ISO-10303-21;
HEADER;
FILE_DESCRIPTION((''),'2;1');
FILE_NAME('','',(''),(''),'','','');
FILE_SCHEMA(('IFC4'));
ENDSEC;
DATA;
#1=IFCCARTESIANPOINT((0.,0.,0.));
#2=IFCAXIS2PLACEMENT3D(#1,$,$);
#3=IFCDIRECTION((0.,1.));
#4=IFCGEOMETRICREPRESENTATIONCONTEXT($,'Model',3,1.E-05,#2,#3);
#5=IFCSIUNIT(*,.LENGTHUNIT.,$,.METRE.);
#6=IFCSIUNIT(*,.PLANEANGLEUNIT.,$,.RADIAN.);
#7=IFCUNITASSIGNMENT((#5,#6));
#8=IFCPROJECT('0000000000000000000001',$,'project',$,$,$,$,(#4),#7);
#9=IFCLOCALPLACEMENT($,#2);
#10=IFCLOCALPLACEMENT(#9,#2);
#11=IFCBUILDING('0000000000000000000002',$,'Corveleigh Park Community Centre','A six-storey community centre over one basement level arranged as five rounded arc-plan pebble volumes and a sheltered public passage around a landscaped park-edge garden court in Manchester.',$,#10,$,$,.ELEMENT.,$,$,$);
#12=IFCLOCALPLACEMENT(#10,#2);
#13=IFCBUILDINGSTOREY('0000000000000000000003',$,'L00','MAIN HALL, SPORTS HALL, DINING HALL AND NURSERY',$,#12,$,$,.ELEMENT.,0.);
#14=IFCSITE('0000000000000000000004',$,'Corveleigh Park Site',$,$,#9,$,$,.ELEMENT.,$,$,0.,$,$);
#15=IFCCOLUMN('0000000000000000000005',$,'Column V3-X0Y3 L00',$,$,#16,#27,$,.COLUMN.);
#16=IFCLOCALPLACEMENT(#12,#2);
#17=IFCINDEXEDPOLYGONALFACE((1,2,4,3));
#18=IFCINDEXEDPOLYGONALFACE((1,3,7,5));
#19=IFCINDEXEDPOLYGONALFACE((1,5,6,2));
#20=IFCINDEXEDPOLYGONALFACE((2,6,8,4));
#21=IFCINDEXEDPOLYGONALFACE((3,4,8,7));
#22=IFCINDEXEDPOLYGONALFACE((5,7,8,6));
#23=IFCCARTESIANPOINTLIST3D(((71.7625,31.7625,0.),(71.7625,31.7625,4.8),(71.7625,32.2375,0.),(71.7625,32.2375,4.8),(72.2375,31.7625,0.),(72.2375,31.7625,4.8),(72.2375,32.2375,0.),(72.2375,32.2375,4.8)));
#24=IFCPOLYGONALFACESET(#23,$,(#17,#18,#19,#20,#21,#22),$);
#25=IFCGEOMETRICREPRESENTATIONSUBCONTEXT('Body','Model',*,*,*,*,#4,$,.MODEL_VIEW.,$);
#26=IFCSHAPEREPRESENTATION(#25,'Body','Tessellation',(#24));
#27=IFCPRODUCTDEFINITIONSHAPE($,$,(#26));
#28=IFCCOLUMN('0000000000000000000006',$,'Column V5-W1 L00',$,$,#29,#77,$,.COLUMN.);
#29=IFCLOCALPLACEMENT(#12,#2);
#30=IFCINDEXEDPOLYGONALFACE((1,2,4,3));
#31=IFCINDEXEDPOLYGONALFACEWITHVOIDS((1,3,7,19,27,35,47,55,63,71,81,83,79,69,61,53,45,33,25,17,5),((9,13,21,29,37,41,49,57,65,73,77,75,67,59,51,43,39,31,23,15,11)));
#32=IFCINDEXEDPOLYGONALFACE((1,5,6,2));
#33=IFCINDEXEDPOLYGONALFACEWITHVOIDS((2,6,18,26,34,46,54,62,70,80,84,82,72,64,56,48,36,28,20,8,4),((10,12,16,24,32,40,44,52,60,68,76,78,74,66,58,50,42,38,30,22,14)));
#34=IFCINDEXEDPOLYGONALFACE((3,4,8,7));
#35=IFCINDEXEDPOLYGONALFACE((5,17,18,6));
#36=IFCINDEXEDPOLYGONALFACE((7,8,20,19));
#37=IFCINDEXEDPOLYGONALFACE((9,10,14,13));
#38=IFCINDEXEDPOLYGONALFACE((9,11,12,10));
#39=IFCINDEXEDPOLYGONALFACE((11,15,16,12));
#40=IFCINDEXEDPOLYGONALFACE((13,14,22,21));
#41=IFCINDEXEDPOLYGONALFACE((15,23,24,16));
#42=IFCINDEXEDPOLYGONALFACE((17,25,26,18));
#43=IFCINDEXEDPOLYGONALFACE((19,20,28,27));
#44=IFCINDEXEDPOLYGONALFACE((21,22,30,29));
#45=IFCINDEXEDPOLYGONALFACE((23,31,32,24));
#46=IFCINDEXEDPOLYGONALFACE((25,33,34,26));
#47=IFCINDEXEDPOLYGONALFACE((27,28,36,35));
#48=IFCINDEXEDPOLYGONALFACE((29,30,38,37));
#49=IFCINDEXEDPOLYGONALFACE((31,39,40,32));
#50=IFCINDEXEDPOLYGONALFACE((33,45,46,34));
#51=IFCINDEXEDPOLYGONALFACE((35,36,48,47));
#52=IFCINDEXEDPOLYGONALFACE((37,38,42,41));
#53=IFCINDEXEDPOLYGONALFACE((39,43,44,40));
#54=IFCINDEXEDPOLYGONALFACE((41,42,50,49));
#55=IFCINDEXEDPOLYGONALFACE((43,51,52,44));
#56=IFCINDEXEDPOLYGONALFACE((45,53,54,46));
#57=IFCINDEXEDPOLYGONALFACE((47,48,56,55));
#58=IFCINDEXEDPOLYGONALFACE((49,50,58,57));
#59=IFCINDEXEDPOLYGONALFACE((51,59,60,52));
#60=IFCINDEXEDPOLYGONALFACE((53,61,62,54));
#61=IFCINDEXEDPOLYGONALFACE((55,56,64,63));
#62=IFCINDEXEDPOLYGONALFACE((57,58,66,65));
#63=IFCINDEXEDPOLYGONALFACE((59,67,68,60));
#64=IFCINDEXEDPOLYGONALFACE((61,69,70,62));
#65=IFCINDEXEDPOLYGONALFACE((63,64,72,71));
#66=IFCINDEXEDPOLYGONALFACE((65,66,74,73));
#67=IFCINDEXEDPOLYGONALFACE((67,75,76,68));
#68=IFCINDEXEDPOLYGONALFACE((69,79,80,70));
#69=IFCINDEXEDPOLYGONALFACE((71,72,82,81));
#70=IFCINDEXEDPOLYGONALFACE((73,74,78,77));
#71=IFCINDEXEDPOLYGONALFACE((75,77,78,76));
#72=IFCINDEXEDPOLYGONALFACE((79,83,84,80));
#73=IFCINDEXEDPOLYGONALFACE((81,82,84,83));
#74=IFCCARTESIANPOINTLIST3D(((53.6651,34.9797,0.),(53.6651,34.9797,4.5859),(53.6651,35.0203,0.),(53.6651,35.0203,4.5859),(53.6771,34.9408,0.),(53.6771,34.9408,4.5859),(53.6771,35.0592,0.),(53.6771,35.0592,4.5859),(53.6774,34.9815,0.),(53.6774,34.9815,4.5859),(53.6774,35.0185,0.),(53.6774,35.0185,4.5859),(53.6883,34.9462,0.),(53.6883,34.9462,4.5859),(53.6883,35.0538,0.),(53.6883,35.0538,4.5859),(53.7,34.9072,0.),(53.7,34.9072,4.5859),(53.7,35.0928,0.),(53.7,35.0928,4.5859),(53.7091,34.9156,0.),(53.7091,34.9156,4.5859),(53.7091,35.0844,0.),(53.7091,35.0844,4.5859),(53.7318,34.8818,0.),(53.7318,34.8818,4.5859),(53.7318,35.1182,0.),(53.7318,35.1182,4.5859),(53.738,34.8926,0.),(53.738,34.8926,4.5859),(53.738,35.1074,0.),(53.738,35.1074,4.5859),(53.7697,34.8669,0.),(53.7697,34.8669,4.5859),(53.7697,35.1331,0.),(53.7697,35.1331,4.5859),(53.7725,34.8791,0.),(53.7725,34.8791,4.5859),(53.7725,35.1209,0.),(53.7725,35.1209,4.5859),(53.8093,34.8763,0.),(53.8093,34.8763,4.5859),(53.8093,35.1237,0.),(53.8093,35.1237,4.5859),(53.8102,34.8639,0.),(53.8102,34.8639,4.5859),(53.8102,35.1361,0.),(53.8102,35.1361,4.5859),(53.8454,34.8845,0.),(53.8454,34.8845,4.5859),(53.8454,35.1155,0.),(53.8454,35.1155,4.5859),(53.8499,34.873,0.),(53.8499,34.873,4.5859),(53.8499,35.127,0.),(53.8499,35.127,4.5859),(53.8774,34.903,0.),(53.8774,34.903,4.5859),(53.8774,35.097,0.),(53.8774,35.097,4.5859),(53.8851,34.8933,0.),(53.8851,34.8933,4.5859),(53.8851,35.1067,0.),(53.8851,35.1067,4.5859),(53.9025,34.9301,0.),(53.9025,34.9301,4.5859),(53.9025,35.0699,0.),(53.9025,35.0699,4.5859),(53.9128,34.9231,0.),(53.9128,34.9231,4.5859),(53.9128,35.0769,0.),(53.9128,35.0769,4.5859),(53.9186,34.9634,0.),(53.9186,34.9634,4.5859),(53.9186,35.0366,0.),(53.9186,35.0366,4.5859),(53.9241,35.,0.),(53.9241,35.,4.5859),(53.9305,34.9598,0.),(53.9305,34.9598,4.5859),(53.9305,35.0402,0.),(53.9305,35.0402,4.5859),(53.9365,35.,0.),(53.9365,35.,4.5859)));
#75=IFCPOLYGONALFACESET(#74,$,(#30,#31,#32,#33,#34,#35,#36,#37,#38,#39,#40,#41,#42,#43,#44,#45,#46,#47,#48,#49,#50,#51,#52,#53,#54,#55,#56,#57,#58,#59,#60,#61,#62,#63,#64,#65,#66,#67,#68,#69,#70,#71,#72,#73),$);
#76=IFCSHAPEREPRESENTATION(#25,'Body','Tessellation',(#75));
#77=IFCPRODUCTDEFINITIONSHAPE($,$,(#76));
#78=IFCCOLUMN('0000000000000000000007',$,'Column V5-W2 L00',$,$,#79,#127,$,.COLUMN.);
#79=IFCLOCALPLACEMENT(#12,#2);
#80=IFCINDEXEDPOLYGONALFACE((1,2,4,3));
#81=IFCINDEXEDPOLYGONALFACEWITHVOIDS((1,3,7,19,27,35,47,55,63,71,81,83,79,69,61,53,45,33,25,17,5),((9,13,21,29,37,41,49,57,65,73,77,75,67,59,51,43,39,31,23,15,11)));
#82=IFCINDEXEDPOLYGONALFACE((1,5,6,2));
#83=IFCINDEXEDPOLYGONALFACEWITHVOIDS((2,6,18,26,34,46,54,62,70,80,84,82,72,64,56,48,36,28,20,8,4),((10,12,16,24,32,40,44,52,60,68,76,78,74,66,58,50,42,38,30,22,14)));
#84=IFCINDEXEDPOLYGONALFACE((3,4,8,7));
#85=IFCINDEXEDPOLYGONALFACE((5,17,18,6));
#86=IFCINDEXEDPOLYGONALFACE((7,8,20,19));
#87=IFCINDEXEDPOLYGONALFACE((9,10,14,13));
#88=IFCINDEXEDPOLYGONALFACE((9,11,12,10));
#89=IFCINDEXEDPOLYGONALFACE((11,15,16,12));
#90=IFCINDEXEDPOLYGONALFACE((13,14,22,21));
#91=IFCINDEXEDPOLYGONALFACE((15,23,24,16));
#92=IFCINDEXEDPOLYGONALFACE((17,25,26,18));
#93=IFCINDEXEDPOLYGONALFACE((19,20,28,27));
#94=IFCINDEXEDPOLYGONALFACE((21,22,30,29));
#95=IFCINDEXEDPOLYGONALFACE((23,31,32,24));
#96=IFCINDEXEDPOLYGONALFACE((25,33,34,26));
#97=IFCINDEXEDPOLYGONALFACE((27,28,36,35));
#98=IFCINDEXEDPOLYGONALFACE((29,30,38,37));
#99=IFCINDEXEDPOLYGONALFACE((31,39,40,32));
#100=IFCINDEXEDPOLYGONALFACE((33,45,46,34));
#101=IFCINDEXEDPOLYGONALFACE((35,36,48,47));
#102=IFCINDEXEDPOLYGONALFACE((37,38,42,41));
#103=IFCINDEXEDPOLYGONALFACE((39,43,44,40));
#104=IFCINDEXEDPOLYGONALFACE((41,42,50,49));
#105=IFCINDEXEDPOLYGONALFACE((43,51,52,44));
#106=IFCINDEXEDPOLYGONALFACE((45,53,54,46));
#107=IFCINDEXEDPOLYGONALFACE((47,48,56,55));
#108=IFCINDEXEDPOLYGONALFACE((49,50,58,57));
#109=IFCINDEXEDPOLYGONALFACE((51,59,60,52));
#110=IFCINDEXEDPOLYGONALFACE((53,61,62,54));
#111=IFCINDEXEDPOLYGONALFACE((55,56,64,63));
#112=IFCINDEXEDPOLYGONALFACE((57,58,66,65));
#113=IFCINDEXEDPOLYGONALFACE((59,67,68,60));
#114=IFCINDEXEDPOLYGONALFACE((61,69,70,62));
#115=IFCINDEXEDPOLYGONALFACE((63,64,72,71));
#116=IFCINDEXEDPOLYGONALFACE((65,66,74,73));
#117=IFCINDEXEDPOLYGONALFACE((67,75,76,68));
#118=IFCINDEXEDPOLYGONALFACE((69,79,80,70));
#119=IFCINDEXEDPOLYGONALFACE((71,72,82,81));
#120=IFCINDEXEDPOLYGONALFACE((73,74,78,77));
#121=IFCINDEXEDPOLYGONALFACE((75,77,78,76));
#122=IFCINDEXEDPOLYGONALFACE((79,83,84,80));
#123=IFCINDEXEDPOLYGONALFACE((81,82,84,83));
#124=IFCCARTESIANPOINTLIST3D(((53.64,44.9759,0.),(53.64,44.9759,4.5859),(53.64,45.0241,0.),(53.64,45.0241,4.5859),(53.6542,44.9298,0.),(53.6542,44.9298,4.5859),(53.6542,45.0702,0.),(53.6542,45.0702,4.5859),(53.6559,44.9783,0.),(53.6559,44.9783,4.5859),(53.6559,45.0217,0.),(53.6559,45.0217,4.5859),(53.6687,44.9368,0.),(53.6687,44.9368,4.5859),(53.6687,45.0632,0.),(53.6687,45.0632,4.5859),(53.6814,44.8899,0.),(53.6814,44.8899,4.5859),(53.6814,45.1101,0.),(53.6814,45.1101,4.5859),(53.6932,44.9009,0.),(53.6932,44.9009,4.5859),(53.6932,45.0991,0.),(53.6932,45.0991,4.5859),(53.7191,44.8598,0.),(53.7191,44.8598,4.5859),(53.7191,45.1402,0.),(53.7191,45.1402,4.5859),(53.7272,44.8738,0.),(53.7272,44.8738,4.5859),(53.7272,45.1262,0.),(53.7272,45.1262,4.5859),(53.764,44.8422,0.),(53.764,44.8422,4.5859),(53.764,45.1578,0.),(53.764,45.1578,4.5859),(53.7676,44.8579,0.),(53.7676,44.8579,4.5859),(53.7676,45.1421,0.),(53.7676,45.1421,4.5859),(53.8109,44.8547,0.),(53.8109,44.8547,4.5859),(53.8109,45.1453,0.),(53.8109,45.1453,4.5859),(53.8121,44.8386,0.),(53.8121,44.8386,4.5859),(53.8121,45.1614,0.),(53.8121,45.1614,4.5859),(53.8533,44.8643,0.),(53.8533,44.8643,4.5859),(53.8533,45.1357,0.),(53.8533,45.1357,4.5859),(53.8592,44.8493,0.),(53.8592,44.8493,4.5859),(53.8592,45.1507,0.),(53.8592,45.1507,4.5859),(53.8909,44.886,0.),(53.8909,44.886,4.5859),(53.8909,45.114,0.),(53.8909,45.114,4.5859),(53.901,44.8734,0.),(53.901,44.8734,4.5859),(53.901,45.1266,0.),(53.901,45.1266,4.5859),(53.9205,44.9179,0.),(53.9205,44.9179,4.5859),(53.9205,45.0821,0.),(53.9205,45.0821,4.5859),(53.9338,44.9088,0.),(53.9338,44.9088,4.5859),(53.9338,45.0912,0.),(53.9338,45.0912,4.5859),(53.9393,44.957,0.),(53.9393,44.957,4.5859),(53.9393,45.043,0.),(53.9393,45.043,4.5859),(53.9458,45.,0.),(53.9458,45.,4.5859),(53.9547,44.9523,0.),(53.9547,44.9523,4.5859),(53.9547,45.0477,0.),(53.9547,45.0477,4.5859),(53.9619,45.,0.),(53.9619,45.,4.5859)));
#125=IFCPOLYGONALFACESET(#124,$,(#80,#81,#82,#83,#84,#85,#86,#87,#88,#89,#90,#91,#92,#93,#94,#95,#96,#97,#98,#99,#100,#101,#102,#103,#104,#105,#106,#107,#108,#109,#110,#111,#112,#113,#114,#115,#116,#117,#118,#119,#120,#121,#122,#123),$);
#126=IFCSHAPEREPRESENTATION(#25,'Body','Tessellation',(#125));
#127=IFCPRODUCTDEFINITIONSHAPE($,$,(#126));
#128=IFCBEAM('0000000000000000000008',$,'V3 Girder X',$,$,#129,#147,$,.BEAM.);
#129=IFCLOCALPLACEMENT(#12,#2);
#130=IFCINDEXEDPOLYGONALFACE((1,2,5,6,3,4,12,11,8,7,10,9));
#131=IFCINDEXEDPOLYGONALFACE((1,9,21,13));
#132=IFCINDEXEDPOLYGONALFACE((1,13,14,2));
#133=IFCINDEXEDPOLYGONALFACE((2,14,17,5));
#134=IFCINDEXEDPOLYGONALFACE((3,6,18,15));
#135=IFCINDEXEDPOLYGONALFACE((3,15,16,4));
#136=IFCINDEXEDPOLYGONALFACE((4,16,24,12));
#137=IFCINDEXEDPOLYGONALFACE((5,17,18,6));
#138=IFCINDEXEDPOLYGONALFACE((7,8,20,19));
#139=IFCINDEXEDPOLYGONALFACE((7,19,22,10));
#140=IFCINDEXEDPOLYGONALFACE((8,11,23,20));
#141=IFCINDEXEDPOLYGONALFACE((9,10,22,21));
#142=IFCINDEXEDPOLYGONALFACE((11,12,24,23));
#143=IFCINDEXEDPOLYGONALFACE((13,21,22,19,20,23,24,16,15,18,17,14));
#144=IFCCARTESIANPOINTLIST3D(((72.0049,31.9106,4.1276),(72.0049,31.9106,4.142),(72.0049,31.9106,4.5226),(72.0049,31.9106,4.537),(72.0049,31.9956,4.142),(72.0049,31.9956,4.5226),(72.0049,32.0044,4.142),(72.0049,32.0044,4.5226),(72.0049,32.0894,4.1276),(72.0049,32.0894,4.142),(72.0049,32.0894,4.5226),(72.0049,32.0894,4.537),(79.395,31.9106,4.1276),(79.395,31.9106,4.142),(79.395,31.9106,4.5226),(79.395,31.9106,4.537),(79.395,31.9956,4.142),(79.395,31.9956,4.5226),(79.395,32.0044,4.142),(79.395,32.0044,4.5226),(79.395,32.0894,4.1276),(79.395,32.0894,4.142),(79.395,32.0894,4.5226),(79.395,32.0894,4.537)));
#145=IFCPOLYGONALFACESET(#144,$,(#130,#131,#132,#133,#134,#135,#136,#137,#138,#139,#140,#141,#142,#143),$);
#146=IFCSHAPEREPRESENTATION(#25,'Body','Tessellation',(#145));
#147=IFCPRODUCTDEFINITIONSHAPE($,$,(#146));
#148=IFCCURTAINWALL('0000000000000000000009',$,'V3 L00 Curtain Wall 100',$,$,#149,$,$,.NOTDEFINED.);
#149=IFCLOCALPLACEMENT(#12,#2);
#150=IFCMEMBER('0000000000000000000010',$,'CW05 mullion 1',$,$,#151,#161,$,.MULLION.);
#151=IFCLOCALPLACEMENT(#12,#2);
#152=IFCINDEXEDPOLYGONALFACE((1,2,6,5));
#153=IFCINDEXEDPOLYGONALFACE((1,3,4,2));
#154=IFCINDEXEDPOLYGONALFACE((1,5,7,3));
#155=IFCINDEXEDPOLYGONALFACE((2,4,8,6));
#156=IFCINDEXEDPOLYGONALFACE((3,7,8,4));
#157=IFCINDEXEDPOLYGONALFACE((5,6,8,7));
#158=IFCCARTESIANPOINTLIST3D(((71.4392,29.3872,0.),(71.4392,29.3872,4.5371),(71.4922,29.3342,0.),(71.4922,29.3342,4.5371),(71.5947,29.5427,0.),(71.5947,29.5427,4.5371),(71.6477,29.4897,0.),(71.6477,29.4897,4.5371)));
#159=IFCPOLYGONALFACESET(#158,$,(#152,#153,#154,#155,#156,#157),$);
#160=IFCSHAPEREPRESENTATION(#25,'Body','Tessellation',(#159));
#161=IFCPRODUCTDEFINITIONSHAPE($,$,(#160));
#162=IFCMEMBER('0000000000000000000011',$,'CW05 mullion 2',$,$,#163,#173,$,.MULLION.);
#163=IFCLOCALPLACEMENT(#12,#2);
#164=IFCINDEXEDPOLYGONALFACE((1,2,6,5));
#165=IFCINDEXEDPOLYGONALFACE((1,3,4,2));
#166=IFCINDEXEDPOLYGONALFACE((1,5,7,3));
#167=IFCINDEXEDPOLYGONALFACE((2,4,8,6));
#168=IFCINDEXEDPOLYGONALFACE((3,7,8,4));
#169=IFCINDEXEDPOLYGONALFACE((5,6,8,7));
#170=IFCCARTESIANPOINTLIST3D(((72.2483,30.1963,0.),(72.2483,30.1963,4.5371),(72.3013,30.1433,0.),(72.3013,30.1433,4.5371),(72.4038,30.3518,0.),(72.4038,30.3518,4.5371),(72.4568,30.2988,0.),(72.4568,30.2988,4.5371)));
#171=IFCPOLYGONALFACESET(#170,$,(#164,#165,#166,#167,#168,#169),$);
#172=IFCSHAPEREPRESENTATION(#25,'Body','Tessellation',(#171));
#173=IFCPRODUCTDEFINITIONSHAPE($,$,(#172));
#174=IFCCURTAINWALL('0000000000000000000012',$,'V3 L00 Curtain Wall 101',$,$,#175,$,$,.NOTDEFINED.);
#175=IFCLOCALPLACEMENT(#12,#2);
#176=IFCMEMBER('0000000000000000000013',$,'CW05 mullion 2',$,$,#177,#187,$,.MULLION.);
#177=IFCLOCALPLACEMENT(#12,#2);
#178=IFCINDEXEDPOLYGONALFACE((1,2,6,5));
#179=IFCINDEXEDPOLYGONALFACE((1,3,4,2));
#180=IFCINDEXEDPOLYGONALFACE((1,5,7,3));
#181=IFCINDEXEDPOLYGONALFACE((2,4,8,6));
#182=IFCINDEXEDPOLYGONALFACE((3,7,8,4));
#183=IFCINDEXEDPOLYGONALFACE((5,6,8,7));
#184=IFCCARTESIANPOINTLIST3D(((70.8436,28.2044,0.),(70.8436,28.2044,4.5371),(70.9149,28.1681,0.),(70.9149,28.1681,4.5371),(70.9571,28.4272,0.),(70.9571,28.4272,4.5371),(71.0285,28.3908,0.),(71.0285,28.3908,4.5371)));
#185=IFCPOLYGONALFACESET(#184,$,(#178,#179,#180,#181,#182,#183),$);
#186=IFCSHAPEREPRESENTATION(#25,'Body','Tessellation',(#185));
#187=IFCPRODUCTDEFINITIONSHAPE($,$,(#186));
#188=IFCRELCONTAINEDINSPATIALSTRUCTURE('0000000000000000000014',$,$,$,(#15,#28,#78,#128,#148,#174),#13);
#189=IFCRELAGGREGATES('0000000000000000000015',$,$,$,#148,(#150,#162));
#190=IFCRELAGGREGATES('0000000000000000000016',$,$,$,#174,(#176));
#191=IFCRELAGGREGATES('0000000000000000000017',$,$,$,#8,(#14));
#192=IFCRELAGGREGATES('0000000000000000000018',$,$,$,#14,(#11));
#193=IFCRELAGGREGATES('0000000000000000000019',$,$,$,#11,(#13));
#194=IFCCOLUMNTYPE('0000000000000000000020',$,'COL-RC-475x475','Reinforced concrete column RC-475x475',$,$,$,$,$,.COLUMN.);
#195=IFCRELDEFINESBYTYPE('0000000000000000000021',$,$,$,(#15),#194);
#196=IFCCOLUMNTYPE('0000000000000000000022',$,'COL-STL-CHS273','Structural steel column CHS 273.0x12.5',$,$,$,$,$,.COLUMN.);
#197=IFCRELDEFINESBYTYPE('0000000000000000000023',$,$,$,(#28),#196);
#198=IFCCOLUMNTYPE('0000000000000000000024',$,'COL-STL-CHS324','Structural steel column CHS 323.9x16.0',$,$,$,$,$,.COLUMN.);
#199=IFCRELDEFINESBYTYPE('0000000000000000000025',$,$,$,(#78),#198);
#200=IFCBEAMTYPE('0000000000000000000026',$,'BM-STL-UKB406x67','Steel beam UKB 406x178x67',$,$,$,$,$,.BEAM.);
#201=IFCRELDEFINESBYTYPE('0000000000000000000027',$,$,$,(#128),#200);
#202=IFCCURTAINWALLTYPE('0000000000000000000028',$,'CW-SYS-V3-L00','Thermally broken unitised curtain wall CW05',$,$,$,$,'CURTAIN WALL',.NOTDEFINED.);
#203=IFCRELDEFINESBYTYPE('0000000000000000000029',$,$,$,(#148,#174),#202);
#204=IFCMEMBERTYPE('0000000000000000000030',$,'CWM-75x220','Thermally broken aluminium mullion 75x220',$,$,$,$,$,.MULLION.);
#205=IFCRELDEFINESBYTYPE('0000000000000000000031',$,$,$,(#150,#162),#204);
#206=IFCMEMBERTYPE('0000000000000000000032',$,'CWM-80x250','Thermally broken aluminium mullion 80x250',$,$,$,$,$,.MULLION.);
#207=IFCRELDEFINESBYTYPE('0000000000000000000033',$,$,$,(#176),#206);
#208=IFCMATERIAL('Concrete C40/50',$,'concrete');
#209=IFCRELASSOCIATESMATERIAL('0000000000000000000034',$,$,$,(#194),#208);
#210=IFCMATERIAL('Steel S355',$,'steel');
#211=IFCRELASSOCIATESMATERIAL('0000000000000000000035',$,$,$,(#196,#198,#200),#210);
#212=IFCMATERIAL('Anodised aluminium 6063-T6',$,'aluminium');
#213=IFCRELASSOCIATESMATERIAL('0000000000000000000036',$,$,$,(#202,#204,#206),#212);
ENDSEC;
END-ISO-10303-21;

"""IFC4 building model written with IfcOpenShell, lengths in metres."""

from ifc_helpers import new_model, si_unit, direction, frame, origin, origin_2d, place, context, subcontext, project, spatial, rectangle, hollow_circle, i_section, extrude, material, material_profile, profile_set, type_object, element, aggregate, save


model = new_model("IFC4")

# Units and contexts
model_context = context("Model", 3, precision=1e-05, world=origin(), true_north=direction((0.0, 1.0)))
body_context = subcontext(model_context, "Body", "Model", "MODEL_VIEW")
ifc_project = project(units=[si_unit("LENGTHUNIT", "METRE"), si_unit("PLANEANGLEUNIT", "RADIAN")], contexts=[model_context])

# Site, building, storey
site_placement = place(None, origin())
site = spatial("IfcSite", under=ifc_project, at=site_placement, Name="Corveleigh Park Site", CompositionType="ELEMENT", RefElevation=0.0)
building_placement = place(site_placement, origin())
building = spatial("IfcBuilding", under=site, at=building_placement, Name="Corveleigh Park Community Centre", Description="A six-storey community centre over one basement level arranged as five rounded arc-plan pebble volumes and a sheltered public passage around a landscaped park-edge garden court in Manchester.", CompositionType="ELEMENT")
storey_placement = place(building_placement, origin())
storey = spatial("IfcBuildingStorey", under=building, at=storey_placement, Name="L00", Description="MAIN HALL, SPORTS HALL, DINING HALL AND NURSERY", CompositionType="ELEMENT", Elevation=0.0)

# Columns
ifc_material_1 = material(Name="Concrete C40/50", Category="concrete")
ifc_material_profile_1 = material_profile(ifc_material_1, rectangle(XDim=0.4751, YDim=0.4751, at=origin_2d()), Name="RC-475x475", Category="concrete")
ifc_profile_set_1 = profile_set([ifc_material_profile_1], Name="Concrete C40/50")
column_type_1 = type_object("IfcColumnType", Name="COL-RC-475x475", Description="Reinforced concrete column RC-475x475", PredefinedType="COLUMN", material=ifc_profile_set_1)
column_1_placement = place(storey_placement, frame((72.0, 32.0, 0.0), z_axis=(0.0, 0.0, 1.0), x_axis=(1.0, 0.0, 0.0)))
element("IfcColumn", 1, at=column_1_placement, inside=storey, type_object=column_type_1, Name="Column V3-X0Y3 L00", PredefinedType="COLUMN", context=body_context, shape_type="SweptSolid", body=[
    extrude(rectangle(XDim=0.4751, YDim=0.4751, at=origin_2d()), origin(), (0.0, 0.0, 1.0), 4.8),
])
ifc_material_2 = material(Name="Steel S355", Category="steel")
ifc_material_profile_2 = material_profile(ifc_material_2, hollow_circle(Radius=0.1365, WallThickness=0.0125, at=origin_2d()), Name="CHS 273.0x12.5", Category="steel")
ifc_profile_set_2 = profile_set([ifc_material_profile_2], Name="Steel S355")
column_type_2 = type_object("IfcColumnType", Name="COL-STL-CHS273", Description="Structural steel column CHS 273.0x12.5", PredefinedType="COLUMN", material=ifc_profile_set_2)
column_2_placement = place(storey_placement, frame((53.8, 35.0, 0.0), z_axis=(0.0, 0.0, 1.0), x_axis=(1.0, 0.0, 0.0)))
element("IfcColumn", 2, at=column_2_placement, inside=storey, type_object=column_type_2, Name="Column V5-W1 L00", PredefinedType="COLUMN", context=body_context, shape_type="SweptSolid", body=[
    extrude(hollow_circle(Radius=0.1365, WallThickness=0.0125, at=origin_2d()), origin(), (0.0, 0.0, 1.0), 4.5859),
])
ifc_material_profile_3 = material_profile(ifc_material_2, hollow_circle(Radius=0.1619, WallThickness=0.0161, at=origin_2d()), Name="CHS 323.9x16.0", Category="steel")
ifc_profile_set_3 = profile_set([ifc_material_profile_3], Name="Steel S355")
column_type_3 = type_object("IfcColumnType", Name="COL-STL-CHS324", Description="Structural steel column CHS 323.9x16.0", PredefinedType="COLUMN", material=ifc_profile_set_3)
column_3_placement = place(storey_placement, frame((53.8, 45.0, 0.0), z_axis=(0.0, 0.0, 1.0), x_axis=(1.0, 0.0, 0.0)))
element("IfcColumn", 3, at=column_3_placement, inside=storey, type_object=column_type_3, Name="Column V5-W2 L00", PredefinedType="COLUMN", context=body_context, shape_type="SweptSolid", body=[
    extrude(hollow_circle(Radius=0.1619, WallThickness=0.0161, at=origin_2d()), origin(), (0.0, 0.0, 1.0), 4.5859),
])

# Beam
ifc_material_profile_4 = material_profile(ifc_material_2, i_section(OverallWidth=0.1787, OverallDepth=0.4094, WebThickness=0.0088, FlangeThickness=0.0144, at=origin_2d()), Name="UKB 406x178x67", Category="steel")
ifc_profile_set_4 = profile_set([ifc_material_profile_4], Name="Steel S355")
beam_type_1 = type_object("IfcBeamType", Name="BM-STL-UKB406x67", Description="Steel beam UKB 406x178x67", PredefinedType="BEAM", material=ifc_profile_set_4)
beam_placement = place(storey_placement, frame((72.0049, 32.0, 4.3323), z_axis=(1.0, 0.0, 0.0), x_axis=(0.0, 1.0, 0.0)))
element("IfcBeam", 4, at=beam_placement, inside=storey, type_object=beam_type_1, Name="V3 Girder X", PredefinedType="BEAM", context=body_context, shape_type="SweptSolid", body=[
    extrude(i_section(OverallWidth=0.1787, OverallDepth=0.4094, WebThickness=0.0088, FlangeThickness=0.0144, at=origin_2d()), origin(), (0.0, 0.0, 1.0), 7.3901),
])

# Curtain walls, members
ifc_material_3 = material(Name="Anodised aluminium 6063-T6", Category="aluminium")
curtain_wall_type = type_object("IfcCurtainWallType", Name="CW-SYS-V3-L00", Description="Thermally broken unitised curtain wall CW05", ElementType="CURTAIN WALL", PredefinedType="NOTDEFINED", material=ifc_material_3)
curtain_wall_1_placement = place(storey_placement, origin())
curtain_wall_1 = element("IfcCurtainWall", 5, at=curtain_wall_1_placement, inside=storey, type_object=curtain_wall_type, Name="V3 L00 Curtain Wall 100", PredefinedType="NOTDEFINED")
ifc_material_profile_5 = material_profile(ifc_material_3, rectangle(XDim=0.075, YDim=0.22, at=origin_2d()), Name="ALU-M75x220", Category="aluminium")
ifc_profile_set_5 = profile_set([ifc_material_profile_5], Name="Anodised aluminium 6063-T6")
member_type_1 = type_object("IfcMemberType", Name="CWM-75x220", Description="Thermally broken aluminium mullion 75x220", PredefinedType="MULLION", material=ifc_profile_set_5)
member_1_placement = place(storey_placement, frame((71.5435, 29.4385, 0.0), z_axis=(0.0, 0.0, 1.0), x_axis=(-0.707107, 0.707107, 0.0)))
member_1 = element("IfcMember", 6, at=member_1_placement, type_object=member_type_1, Name="CW05 mullion 1", PredefinedType="MULLION", context=body_context, shape_type="SweptSolid", body=[
    extrude(rectangle(XDim=0.075, YDim=0.22, at=origin_2d()), origin(), (0.0, 0.0, 1.0), 4.5371),
])
member_2_placement = place(storey_placement, frame((72.3525, 30.2476, 0.0), z_axis=(0.0, 0.0, 1.0), x_axis=(-0.707107, 0.707107, 0.0)))
member_2 = element("IfcMember", 7, at=member_2_placement, type_object=member_type_1, Name="CW05 mullion 2", PredefinedType="MULLION", context=body_context, shape_type="SweptSolid", body=[
    extrude(rectangle(XDim=0.075, YDim=0.22, at=origin_2d()), origin(), (0.0, 0.0, 1.0), 4.5371),
])
curtain_wall_2_placement = place(storey_placement, origin())
curtain_wall_2 = element("IfcCurtainWall", 8, at=curtain_wall_2_placement, inside=storey, type_object=curtain_wall_type, Name="V3 L00 Curtain Wall 101", PredefinedType="NOTDEFINED")
ifc_material_profile_6 = material_profile(ifc_material_3, rectangle(XDim=0.0801, YDim=0.25, at=origin_2d()), Name="ALU-M80x250", Category="aluminium")
ifc_profile_set_6 = profile_set([ifc_material_profile_6], Name="Anodised aluminium 6063-T6")
member_type_2 = type_object("IfcMemberType", Name="CWM-80x250", Description="Thermally broken aluminium mullion 80x250", PredefinedType="MULLION", material=ifc_profile_set_6)
member_3_placement = place(storey_placement, frame((70.936, 28.2976, 0.0), z_axis=(0.0, 0.0, 1.0), x_axis=(-0.890933, 0.454135, 0.0)))
member_3 = element("IfcMember", 9, at=member_3_placement, type_object=member_type_2, Name="CW05 mullion 2", PredefinedType="MULLION", context=body_context, shape_type="SweptSolid", body=[
    extrude(rectangle(XDim=0.0801, YDim=0.25, at=origin_2d()), origin(), (0.0, 0.0, 1.0), 4.5371),
])

aggregate(curtain_wall_1, [member_1, member_2])
aggregate(curtain_wall_2, [member_3])

save(model, "model.ifc")
